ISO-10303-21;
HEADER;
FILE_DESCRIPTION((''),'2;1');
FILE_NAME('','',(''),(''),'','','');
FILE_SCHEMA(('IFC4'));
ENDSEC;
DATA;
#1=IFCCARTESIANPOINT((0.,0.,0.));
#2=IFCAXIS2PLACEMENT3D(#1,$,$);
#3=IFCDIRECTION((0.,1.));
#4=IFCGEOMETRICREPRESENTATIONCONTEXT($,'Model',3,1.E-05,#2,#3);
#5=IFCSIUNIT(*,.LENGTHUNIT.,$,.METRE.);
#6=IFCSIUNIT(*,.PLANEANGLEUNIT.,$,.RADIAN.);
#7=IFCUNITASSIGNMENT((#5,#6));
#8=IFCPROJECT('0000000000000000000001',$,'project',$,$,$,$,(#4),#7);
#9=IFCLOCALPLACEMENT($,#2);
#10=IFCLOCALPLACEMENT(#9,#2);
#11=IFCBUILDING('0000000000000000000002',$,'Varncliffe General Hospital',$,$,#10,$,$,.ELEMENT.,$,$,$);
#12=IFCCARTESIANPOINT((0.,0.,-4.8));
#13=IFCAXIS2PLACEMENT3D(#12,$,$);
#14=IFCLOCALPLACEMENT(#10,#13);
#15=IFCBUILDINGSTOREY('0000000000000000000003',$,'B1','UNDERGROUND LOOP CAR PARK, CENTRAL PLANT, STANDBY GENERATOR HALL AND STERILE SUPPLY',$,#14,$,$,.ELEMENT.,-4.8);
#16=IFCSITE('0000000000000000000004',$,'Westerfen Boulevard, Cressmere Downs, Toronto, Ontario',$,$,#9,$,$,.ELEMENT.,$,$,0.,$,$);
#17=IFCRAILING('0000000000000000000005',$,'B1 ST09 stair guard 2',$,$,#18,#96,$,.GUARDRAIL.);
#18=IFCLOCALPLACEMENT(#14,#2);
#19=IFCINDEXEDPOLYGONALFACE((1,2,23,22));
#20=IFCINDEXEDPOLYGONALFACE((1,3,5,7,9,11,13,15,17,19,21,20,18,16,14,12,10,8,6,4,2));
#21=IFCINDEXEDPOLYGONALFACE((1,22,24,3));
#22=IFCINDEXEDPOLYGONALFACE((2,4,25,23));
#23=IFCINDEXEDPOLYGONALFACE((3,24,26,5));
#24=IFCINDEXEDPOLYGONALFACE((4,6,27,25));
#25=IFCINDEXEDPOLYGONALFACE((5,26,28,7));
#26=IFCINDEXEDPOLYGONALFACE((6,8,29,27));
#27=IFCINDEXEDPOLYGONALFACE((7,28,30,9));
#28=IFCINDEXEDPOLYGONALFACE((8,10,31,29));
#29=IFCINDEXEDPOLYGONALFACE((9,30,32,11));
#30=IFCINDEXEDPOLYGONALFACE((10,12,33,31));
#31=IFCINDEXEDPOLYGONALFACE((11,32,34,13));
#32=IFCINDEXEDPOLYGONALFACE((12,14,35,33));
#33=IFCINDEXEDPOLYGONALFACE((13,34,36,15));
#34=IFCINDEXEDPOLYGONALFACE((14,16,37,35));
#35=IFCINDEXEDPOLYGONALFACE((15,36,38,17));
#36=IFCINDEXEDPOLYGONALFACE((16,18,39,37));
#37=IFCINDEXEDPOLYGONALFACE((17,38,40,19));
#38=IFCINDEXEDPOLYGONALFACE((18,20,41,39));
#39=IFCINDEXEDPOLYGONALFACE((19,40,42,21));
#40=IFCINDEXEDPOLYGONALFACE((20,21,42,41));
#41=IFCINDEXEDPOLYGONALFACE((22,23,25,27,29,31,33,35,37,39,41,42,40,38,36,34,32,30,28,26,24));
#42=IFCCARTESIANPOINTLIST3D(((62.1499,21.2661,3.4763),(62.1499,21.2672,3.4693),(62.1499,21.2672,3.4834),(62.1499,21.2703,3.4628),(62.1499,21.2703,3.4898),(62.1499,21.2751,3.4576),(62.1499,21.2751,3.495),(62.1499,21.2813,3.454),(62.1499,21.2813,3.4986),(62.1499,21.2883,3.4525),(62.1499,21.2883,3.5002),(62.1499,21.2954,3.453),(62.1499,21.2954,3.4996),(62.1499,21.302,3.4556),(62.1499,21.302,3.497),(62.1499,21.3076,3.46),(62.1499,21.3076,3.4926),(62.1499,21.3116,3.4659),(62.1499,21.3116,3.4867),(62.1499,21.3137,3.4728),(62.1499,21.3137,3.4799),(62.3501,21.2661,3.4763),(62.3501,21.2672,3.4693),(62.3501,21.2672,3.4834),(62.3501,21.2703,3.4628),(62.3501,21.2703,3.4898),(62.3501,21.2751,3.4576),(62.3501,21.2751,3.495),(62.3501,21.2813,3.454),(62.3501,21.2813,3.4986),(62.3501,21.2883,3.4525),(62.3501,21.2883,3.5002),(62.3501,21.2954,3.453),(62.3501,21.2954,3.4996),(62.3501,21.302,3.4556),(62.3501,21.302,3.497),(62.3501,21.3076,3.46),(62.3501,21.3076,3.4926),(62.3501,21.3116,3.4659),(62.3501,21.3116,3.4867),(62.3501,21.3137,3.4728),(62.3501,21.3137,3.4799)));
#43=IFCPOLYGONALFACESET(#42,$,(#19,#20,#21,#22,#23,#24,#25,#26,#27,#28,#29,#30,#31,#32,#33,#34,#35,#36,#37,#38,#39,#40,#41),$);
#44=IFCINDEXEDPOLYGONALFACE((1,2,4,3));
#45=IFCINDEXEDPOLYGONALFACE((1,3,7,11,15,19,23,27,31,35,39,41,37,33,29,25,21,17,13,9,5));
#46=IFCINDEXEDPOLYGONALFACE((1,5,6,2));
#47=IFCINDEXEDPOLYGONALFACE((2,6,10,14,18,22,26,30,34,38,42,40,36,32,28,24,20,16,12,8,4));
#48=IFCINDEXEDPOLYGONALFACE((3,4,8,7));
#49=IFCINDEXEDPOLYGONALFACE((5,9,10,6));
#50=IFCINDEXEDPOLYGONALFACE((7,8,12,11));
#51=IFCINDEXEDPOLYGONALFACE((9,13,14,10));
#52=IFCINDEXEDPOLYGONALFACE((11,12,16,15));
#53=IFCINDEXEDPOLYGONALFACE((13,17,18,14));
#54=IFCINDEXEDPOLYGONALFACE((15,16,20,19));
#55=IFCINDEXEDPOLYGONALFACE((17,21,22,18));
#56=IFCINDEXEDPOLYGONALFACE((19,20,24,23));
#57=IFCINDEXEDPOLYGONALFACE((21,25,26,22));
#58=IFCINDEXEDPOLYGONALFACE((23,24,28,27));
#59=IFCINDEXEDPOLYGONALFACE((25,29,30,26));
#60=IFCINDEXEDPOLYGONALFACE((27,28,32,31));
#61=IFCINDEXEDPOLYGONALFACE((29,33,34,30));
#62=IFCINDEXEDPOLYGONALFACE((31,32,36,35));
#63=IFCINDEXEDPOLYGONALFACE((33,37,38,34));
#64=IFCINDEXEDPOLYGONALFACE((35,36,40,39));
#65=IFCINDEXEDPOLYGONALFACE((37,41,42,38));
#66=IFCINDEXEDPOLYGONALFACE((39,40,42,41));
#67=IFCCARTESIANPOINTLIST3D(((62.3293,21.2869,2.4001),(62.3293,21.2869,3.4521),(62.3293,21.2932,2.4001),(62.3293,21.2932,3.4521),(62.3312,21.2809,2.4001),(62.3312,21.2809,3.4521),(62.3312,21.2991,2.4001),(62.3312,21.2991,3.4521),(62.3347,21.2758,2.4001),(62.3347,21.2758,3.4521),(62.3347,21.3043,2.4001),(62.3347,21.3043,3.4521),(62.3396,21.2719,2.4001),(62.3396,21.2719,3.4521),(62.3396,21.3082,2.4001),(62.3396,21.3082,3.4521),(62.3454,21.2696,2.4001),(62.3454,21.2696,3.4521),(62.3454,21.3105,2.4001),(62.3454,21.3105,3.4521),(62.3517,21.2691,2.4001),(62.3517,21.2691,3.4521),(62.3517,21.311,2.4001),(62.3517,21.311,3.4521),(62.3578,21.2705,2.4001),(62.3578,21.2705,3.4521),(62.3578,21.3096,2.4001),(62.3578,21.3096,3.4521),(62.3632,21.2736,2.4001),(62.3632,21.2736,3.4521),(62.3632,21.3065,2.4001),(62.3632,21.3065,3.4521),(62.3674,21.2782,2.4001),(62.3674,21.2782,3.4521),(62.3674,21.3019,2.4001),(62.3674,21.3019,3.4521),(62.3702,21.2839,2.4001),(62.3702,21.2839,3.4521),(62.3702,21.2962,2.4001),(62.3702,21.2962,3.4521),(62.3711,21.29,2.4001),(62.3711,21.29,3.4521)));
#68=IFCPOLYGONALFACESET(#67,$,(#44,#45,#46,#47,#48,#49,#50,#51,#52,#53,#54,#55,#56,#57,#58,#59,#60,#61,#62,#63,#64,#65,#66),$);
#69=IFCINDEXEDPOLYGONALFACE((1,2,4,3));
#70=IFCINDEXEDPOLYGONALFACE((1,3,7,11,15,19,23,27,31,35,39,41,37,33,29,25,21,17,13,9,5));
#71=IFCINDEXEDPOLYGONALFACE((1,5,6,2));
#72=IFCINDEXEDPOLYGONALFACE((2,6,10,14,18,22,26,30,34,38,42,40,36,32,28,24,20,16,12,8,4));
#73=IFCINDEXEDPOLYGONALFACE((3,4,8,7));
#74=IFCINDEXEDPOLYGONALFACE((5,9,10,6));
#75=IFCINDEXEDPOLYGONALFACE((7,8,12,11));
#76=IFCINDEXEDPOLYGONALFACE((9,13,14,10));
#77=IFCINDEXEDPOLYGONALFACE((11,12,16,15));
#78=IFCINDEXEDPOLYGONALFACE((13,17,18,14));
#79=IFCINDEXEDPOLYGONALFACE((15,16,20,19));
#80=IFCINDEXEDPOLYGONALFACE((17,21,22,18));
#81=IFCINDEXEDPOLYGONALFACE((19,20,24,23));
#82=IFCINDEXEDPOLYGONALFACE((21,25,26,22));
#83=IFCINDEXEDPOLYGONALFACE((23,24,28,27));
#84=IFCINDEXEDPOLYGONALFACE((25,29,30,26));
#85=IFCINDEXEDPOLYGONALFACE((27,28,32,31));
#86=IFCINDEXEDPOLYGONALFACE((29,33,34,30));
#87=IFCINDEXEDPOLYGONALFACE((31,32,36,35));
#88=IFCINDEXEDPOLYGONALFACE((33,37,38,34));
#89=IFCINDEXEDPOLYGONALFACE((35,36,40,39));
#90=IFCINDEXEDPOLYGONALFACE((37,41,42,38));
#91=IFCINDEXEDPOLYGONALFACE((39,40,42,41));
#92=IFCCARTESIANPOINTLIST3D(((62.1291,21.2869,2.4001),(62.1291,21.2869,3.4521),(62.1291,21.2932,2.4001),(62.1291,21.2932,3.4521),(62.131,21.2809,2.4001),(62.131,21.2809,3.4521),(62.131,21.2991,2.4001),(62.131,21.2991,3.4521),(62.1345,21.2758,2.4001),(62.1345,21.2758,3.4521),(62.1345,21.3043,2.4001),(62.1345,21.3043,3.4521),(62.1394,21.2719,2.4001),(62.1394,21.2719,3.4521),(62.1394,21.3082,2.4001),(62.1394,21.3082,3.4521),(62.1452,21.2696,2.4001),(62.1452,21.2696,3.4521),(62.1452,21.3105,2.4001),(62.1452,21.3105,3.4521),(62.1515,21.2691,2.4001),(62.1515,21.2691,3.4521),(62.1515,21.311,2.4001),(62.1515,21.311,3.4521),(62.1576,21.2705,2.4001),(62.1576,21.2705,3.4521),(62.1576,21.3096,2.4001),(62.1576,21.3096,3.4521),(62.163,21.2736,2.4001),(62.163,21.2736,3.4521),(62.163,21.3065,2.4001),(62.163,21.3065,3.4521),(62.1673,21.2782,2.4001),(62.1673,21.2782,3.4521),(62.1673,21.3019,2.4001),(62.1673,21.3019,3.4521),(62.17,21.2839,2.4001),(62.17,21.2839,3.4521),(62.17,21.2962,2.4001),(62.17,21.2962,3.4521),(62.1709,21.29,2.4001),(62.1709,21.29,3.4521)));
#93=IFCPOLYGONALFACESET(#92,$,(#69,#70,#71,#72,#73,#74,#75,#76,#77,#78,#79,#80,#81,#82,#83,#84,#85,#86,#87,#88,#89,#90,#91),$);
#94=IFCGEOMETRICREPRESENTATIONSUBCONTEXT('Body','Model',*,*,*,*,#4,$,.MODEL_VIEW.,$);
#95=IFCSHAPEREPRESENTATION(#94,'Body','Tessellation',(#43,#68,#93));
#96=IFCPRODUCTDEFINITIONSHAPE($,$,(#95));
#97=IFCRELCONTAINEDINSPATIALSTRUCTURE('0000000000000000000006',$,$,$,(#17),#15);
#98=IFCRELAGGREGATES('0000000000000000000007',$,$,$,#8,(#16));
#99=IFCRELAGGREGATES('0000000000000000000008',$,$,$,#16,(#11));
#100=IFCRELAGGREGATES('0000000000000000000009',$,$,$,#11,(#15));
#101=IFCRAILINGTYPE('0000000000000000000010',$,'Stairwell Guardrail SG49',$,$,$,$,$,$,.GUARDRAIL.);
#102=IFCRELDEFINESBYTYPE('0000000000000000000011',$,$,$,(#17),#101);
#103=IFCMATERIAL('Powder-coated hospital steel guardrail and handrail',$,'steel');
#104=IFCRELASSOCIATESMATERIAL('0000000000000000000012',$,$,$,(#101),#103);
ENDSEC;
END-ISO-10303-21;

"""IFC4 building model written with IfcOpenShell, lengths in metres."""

from ifc_helpers import new_model, si_unit, direction, frame, origin, origin_2d, place, context, subcontext, project, spatial, circle, extrude, material, type_object, element, save


model = new_model("IFC4")

# Units and contexts
model_context = context("Model", 3, precision=1e-05, world=origin(), true_north=direction((0.0, 1.0)))
body_context = subcontext(model_context, "Body", "Model", "MODEL_VIEW")
ifc_project = project(units=[si_unit("LENGTHUNIT", "METRE"), si_unit("PLANEANGLEUNIT", "RADIAN")], contexts=[model_context])

# Site, building, storey
site_placement = place(None, origin())
site = spatial("IfcSite", under=ifc_project, at=site_placement, Name="Westerfen Boulevard, Cressmere Downs, Toronto, Ontario", CompositionType="ELEMENT", RefElevation=0.0)
building_placement = place(site_placement, origin())
building = spatial("IfcBuilding", under=site, at=building_placement, Name="Varncliffe General Hospital", CompositionType="ELEMENT")
storey_placement = place(building_placement, frame((0.0, 0.0, -4.8)))
storey = spatial("IfcBuildingStorey", under=building, at=storey_placement, Name="B1", Description="UNDERGROUND LOOP CAR PARK, CENTRAL PLANT, STANDBY GENERATOR HALL AND STERILE SUPPLY", CompositionType="ELEMENT", Elevation=-4.8)

# Railing
ifc_material_1 = material(Name="Powder-coated hospital steel guardrail and handrail", Category="steel")
railing_type_1 = type_object("IfcRailingType", Name="Stairwell Guardrail SG49", PredefinedType="GUARDRAIL", material=ifc_material_1)
railing_1_placement = place(storey_placement, frame((62.3501, 21.29, 2.4001)))
element("IfcRailing", 1, at=railing_1_placement, inside=storey, type_object=railing_type_1, Name="B1 ST09 stair guard 2", PredefinedType="GUARDRAIL", context=body_context, shape_type="SweptSolid", body=[
    extrude(circle(Radius=0.0239, at=origin_2d()), frame((0.0, 0.0, 1.0762), z_axis=(-1.0, 0.0, 0.0), x_axis=(0.0, -1.0, 0.0)), (0.0, 0.0, 1.0), 0.2002),
    extrude(circle(Radius=0.021, at=origin_2d()), origin(), (0.0, 0.0, 1.0), 1.052),
    extrude(circle(Radius=0.021, at=origin_2d()), frame((-0.2002, 0.0, 0.0)), (0.0, 0.0, 1.0), 1.052),
])

save(model, "model.ifc")
